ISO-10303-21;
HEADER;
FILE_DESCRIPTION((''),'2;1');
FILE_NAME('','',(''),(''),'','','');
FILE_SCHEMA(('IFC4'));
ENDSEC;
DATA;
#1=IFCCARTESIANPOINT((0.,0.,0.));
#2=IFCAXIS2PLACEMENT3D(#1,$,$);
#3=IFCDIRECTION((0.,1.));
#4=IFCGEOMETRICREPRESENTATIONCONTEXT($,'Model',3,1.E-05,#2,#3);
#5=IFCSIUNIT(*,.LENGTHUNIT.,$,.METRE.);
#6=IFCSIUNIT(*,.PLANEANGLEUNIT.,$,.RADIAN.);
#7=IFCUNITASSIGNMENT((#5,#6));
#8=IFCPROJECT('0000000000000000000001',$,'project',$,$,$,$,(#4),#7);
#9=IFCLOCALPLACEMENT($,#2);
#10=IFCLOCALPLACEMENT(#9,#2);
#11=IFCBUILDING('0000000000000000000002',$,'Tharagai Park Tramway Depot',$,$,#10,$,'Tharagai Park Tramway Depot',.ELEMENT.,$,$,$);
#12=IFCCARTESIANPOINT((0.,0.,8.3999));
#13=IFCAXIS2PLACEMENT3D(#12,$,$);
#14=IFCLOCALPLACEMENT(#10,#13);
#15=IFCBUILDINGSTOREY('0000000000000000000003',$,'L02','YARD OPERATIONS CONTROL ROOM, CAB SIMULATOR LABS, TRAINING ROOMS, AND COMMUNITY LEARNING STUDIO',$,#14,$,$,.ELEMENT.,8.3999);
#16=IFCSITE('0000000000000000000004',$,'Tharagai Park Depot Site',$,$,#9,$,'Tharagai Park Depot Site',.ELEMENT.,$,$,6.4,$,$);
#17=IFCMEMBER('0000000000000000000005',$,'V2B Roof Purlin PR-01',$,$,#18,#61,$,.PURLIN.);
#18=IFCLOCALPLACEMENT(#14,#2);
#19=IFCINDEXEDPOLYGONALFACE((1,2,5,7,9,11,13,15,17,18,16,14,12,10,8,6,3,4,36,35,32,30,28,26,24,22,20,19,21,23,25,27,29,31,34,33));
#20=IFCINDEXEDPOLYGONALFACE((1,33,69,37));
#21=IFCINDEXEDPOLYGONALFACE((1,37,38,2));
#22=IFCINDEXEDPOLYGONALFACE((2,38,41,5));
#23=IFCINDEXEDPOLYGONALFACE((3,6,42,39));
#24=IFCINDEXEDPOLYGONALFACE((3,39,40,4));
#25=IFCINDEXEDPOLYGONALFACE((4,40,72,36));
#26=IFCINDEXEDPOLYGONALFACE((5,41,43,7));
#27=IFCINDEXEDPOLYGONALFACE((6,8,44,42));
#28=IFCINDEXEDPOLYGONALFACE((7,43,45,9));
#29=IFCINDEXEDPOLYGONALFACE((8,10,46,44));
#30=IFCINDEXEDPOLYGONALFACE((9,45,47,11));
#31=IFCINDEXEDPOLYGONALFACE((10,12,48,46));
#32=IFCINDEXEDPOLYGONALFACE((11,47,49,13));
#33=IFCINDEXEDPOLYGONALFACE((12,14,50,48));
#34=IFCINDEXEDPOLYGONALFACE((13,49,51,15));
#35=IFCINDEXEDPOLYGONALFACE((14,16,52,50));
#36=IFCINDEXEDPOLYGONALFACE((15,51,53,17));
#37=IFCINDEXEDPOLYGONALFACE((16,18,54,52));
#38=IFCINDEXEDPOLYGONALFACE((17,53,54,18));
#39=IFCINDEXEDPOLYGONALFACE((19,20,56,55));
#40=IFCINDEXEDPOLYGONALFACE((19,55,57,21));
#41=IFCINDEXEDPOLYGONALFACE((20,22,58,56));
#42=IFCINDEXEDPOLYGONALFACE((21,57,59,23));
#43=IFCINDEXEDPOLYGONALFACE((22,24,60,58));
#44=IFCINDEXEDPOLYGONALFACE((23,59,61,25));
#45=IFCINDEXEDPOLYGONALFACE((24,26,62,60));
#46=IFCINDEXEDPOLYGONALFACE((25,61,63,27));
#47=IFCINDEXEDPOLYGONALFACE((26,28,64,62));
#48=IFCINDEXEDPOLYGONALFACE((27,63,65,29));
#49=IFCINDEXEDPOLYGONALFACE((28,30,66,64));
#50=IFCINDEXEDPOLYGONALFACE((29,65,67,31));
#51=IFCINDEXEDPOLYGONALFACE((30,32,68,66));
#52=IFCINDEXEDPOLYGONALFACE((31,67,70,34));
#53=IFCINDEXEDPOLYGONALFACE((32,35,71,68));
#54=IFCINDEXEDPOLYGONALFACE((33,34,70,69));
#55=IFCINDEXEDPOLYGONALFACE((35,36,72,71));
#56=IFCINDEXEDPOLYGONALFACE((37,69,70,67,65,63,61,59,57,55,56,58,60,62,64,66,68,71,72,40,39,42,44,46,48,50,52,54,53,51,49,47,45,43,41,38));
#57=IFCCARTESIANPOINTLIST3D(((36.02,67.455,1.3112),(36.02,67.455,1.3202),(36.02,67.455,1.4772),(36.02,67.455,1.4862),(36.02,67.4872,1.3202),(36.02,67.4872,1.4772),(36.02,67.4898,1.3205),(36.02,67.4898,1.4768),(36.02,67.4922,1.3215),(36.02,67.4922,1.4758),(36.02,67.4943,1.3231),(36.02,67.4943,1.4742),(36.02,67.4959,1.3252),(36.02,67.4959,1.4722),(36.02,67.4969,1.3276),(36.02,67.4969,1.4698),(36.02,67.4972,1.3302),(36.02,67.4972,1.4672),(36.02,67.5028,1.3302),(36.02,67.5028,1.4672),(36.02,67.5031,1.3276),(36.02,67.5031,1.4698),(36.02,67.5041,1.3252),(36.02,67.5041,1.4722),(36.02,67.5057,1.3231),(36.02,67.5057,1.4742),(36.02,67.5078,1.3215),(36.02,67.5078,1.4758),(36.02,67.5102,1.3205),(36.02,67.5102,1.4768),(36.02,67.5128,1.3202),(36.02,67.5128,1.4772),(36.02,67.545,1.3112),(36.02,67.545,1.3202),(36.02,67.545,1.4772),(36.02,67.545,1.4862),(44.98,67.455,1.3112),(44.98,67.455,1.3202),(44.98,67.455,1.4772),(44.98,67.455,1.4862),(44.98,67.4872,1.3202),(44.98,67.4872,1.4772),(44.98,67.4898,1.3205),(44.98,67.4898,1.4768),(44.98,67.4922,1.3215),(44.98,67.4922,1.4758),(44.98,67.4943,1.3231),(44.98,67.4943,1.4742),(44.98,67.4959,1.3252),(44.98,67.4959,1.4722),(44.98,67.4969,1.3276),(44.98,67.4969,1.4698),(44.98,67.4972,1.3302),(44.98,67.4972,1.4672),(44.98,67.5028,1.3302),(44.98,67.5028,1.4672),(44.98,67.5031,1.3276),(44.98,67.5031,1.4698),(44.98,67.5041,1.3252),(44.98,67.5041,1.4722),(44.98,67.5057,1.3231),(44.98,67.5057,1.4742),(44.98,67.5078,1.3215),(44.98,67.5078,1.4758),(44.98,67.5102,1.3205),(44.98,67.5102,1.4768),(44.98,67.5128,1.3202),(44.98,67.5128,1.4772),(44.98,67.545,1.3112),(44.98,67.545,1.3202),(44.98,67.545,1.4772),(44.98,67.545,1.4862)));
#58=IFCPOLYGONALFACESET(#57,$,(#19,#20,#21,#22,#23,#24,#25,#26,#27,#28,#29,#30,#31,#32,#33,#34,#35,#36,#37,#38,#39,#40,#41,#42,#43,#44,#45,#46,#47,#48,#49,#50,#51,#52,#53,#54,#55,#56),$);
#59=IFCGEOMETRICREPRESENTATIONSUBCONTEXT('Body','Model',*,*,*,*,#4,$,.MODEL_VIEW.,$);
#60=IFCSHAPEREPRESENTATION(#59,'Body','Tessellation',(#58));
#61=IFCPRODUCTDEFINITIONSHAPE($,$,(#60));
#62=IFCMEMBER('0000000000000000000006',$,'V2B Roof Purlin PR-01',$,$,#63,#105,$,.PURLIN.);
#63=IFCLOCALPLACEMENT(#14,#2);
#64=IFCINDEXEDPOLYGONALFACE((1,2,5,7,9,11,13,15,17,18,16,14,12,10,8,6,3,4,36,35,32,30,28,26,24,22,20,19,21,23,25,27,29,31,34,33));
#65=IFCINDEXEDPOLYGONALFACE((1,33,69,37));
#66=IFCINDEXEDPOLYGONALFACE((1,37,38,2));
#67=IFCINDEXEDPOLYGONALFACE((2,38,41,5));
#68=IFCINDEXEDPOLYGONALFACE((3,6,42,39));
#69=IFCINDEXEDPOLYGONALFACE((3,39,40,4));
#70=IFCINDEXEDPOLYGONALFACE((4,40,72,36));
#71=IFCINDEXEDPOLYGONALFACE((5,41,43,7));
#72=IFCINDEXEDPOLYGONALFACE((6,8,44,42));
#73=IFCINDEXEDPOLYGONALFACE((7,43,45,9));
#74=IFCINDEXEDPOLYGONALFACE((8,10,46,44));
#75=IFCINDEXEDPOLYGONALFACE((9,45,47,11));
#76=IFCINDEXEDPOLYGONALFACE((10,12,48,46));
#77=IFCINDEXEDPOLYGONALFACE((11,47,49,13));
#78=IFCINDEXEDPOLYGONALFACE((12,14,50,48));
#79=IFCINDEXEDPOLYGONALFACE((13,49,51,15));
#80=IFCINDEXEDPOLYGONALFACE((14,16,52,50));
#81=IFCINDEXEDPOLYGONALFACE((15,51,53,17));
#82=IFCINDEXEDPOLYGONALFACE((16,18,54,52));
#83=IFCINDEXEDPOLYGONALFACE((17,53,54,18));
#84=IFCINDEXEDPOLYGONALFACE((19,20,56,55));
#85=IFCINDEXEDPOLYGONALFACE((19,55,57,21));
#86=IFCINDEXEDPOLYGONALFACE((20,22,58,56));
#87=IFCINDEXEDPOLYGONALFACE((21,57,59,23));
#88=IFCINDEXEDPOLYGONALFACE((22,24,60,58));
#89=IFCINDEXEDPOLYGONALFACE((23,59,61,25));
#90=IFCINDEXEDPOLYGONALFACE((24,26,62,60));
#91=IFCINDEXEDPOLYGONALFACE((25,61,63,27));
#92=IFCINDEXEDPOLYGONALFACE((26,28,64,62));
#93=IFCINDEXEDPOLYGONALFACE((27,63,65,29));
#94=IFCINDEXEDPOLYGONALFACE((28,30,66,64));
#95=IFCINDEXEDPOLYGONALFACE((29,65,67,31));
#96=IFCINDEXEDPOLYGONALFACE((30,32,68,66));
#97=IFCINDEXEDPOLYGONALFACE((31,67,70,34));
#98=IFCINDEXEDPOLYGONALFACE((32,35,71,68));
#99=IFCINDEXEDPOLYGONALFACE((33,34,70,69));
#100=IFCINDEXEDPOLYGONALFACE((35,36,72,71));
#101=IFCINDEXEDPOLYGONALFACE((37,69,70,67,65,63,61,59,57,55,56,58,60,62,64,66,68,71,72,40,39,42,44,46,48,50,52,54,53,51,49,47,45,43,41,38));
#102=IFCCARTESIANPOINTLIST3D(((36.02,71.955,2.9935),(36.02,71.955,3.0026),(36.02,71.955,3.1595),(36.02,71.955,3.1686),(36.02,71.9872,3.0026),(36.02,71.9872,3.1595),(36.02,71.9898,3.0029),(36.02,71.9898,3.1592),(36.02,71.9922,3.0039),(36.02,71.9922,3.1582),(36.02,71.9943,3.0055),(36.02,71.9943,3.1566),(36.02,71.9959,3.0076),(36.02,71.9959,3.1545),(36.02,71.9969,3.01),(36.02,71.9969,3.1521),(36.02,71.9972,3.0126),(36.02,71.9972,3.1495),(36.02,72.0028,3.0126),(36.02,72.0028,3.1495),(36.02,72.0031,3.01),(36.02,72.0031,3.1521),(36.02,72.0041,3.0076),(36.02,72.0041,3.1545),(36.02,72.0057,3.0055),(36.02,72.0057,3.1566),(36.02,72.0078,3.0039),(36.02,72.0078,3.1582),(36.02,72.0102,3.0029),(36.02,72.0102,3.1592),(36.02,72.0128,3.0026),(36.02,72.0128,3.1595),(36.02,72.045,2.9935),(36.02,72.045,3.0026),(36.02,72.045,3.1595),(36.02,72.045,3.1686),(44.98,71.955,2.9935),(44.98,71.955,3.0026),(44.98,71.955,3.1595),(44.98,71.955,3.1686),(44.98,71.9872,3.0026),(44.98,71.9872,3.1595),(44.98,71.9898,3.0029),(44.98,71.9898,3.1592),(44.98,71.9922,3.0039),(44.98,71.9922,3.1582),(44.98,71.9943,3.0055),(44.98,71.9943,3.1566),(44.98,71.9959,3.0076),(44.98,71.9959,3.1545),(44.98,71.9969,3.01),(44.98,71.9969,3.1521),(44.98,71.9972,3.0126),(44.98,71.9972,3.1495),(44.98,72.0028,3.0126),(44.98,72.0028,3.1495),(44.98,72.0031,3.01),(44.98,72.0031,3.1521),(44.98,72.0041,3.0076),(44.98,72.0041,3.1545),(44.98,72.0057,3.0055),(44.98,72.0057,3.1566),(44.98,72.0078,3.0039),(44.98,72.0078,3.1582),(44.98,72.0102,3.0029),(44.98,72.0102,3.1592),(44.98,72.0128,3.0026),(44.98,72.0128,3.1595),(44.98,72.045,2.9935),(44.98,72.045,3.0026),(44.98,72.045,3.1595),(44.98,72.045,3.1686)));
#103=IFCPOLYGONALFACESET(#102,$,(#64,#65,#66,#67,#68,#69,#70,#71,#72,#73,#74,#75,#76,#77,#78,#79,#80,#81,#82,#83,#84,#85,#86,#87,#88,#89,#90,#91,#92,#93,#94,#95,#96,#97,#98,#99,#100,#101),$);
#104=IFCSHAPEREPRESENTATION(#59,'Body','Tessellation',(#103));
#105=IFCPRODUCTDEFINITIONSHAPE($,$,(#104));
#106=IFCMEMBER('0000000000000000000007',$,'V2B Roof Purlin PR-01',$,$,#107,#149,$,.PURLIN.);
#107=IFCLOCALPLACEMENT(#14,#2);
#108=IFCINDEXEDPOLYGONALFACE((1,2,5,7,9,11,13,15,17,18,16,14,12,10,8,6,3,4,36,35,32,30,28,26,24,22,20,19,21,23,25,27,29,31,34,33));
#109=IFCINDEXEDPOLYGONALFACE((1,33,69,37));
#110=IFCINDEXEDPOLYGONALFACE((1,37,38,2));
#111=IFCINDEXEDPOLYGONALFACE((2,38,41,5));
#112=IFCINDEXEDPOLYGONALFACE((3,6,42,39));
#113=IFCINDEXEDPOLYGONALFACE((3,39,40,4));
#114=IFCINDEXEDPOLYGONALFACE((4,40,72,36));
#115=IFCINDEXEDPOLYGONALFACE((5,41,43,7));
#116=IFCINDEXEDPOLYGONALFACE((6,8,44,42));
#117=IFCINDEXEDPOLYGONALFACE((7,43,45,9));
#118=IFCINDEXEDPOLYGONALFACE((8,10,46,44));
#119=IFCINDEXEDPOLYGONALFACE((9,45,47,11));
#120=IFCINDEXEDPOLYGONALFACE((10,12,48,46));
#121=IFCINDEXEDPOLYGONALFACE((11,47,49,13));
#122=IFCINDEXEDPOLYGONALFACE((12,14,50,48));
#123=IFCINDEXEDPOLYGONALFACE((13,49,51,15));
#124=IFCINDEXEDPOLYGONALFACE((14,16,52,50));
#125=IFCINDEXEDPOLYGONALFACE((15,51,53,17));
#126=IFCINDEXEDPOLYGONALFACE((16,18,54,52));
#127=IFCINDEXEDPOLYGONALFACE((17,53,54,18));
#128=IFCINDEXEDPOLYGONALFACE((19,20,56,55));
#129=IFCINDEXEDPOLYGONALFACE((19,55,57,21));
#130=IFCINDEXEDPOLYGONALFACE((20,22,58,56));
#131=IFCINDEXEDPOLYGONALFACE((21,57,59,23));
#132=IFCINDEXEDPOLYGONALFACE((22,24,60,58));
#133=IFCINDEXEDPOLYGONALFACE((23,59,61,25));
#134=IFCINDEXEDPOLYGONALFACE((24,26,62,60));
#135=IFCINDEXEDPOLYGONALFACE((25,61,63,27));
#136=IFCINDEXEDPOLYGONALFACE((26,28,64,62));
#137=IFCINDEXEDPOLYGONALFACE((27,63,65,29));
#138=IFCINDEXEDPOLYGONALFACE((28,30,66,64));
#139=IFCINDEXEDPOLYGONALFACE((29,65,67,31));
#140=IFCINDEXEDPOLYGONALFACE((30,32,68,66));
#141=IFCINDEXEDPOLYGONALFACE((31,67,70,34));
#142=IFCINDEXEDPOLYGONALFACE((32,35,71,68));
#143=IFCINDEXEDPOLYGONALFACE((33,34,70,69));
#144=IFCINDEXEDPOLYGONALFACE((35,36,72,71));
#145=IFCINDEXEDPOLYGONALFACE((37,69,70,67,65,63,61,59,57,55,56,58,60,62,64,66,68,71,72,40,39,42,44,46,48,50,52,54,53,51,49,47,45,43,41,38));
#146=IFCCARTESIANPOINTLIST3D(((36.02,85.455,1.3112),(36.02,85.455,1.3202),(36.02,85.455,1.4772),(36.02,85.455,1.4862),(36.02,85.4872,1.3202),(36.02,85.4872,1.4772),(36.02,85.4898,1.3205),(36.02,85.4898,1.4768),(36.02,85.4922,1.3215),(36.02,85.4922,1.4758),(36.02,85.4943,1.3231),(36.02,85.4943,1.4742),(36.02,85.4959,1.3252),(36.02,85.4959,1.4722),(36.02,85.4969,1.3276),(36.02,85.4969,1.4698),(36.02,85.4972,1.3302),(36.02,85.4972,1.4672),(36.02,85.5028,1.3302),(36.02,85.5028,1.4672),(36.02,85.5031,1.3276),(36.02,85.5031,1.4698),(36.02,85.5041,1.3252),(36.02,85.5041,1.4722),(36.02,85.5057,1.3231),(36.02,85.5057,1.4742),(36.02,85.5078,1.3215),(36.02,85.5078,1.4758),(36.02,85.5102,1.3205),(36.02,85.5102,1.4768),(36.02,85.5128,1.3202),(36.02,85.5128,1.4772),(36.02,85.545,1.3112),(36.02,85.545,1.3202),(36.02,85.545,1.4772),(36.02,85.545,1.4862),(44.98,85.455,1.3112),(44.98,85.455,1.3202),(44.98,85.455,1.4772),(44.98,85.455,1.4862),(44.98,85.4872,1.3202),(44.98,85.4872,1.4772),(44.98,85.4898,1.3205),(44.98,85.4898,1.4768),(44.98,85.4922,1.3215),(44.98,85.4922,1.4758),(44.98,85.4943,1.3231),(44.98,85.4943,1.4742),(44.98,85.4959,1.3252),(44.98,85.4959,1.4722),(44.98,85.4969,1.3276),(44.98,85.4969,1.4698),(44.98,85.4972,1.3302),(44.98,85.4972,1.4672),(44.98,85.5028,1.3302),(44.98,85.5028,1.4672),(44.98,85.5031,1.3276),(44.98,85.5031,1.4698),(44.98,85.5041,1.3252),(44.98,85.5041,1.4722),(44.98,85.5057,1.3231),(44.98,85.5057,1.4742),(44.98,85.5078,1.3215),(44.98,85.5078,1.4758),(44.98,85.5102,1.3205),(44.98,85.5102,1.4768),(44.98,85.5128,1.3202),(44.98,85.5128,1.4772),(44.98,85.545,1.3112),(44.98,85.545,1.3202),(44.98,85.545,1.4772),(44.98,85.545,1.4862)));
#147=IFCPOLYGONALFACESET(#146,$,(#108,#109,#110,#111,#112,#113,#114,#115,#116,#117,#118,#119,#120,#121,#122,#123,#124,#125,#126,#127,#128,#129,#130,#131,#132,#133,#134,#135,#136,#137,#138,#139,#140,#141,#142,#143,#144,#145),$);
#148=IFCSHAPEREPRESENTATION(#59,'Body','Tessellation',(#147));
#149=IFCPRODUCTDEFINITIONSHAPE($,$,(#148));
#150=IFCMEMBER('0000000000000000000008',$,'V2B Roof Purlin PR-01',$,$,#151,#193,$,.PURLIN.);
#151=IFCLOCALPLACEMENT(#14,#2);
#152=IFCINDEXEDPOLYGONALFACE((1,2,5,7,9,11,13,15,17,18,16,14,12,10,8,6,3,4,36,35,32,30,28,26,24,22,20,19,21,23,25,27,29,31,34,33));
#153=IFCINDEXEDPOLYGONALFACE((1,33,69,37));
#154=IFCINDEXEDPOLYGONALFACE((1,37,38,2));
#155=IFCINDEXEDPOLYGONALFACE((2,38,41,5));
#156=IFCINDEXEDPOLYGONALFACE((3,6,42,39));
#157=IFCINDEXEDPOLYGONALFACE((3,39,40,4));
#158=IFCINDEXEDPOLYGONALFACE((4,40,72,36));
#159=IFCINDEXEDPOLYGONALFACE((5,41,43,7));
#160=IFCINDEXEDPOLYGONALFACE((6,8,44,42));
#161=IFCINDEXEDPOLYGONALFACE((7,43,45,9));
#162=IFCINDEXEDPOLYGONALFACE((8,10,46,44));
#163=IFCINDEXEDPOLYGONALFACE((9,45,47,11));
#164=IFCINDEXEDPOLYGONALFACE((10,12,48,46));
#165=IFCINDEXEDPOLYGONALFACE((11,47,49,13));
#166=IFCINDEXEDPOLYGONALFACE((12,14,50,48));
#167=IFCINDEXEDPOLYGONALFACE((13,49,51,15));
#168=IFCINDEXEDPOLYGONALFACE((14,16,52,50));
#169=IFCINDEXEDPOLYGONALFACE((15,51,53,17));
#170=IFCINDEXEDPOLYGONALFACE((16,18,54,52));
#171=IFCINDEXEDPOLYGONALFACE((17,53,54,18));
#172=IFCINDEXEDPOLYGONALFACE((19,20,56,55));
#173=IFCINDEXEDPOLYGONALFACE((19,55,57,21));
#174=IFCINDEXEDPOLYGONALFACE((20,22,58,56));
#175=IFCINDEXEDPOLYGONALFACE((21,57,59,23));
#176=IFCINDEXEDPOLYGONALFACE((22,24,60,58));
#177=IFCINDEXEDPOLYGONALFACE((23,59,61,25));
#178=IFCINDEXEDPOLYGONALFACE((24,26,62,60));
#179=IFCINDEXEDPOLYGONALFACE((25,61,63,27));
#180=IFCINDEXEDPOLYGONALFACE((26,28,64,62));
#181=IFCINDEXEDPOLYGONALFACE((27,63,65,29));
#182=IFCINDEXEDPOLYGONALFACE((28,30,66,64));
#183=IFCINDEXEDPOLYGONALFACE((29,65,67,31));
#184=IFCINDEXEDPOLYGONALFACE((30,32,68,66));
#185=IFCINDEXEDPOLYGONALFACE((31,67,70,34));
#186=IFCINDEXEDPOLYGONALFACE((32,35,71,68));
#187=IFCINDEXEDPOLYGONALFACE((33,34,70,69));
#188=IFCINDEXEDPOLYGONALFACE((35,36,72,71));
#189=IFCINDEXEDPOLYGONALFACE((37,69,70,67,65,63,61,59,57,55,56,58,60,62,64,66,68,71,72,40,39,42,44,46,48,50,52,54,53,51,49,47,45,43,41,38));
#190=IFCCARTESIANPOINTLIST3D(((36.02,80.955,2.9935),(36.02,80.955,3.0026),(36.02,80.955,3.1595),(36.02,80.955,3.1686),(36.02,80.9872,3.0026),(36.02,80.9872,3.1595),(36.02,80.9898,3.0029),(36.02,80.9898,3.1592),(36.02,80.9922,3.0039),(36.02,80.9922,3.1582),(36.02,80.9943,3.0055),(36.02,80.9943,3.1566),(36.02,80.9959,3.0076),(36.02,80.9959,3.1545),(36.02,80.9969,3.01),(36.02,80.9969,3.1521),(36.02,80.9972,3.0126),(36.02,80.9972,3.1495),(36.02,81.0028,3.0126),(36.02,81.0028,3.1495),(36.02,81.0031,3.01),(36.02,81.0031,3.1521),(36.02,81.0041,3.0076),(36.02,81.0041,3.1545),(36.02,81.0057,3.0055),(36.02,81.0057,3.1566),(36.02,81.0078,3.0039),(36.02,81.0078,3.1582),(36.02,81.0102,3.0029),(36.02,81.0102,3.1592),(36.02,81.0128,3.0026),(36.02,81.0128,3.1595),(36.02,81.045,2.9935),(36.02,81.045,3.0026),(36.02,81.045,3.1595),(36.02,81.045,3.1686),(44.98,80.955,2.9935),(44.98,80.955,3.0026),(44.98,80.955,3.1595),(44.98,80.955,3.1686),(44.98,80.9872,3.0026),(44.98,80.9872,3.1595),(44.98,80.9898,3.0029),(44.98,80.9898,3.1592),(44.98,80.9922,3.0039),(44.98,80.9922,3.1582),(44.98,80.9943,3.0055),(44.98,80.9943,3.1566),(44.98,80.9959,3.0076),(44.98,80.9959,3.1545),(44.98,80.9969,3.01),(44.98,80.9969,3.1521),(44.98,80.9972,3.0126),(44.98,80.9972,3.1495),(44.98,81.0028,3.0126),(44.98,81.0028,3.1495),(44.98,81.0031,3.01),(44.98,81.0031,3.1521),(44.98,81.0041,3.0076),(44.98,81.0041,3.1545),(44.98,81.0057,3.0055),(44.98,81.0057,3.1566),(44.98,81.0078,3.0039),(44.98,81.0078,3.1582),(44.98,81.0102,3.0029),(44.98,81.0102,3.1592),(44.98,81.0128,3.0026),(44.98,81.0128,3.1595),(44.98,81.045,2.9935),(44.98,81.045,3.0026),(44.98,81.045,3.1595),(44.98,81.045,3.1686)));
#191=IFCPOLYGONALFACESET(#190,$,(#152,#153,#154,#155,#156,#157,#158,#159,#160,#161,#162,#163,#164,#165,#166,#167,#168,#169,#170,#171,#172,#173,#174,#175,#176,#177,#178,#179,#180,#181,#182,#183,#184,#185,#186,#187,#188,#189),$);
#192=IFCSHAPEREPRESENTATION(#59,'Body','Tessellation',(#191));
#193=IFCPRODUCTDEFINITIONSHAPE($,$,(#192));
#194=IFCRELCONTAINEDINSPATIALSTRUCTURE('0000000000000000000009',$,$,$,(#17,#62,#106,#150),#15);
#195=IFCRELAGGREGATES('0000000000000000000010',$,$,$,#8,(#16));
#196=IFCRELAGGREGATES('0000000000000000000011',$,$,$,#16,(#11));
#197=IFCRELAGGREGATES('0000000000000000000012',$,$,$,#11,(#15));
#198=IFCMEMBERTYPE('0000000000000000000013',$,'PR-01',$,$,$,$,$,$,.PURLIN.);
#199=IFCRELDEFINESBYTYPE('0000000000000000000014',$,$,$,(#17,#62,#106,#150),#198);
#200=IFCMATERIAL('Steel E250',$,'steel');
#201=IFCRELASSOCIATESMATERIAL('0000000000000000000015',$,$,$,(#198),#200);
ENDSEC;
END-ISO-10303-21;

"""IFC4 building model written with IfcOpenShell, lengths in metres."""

from ifc_helpers import new_model, si_unit, direction, frame, origin, origin_2d, place, context, subcontext, project, spatial, i_section, extrude, material, material_profile, profile_set, type_object, element, save


model = new_model("IFC4")

# Units and contexts
model_context = context("Model", 3, precision=1e-05, world=origin(), true_north=direction((0.0, 1.0)))
body_context = subcontext(model_context, "Body", "Model", "MODEL_VIEW")
ifc_project = project(units=[si_unit("LENGTHUNIT", "METRE"), si_unit("PLANEANGLEUNIT", "RADIAN")], contexts=[model_context])

# Site, building, storey
site_placement = place(None, origin())
site = spatial("IfcSite", under=ifc_project, at=site_placement, Name="Tharagai Park Depot Site", LongName="Tharagai Park Depot Site", CompositionType="ELEMENT", RefElevation=6.4)
building_placement = place(site_placement, origin())
building = spatial("IfcBuilding", under=site, at=building_placement, Name="Tharagai Park Tramway Depot", LongName="Tharagai Park Tramway Depot", CompositionType="ELEMENT")
storey_placement = place(building_placement, frame((0.0, 0.0, 8.3999)))
storey = spatial("IfcBuildingStorey", under=building, at=storey_placement, Name="L02", Description="YARD OPERATIONS CONTROL ROOM, CAB SIMULATOR LABS, TRAINING ROOMS, AND COMMUNITY LEARNING STUDIO", CompositionType="ELEMENT", Elevation=8.3999)

# Members
ifc_material_1 = material(Name="Steel E250", Category="steel")
ifc_material_profile_1 = material_profile(ifc_material_1, i_section(OverallWidth=0.0901, OverallDepth=0.175, WebThickness=0.0056, FlangeThickness=0.009, FilletRadius=0.01, at=origin_2d()), Name="ISMB 175")
ifc_profile_set_1 = profile_set([ifc_material_profile_1], Name="Steel E250")
member_type_1 = type_object("IfcMemberType", Name="PR-01", PredefinedType="PURLIN", material=ifc_profile_set_1)
for number, where, z_axis, x_axis, name in (
    (1, (36.02, 67.5, 1.3987), (1.0, 0.0, 0.0), (0.0, 1.0, 0.0), "V2B Roof Purlin PR-01"),
    (2, (36.02, 72.0, 3.0811), (1.0, 0.0, 0.0), (0.0, 1.0, 0.0), "V2B Roof Purlin PR-01"),
    (3, (36.02, 85.5, 1.3987), (1.0, 0.0, 0.0), (0.0, 1.0, 0.0), "V2B Roof Purlin PR-01"),
    (4, (36.02, 81.0, 3.0811), (1.0, 0.0, 0.0), (0.0, 1.0, 0.0), "V2B Roof Purlin PR-01"),
):
    element("IfcMember", number, at=place(storey_placement, frame(where, z_axis=z_axis, x_axis=x_axis)), inside=storey, type_object=member_type_1, Name=name, PredefinedType="PURLIN", context=body_context, shape_type="SweptSolid", body=[
        extrude(i_section(OverallWidth=0.0901, OverallDepth=0.175, WebThickness=0.0056, FlangeThickness=0.009, FilletRadius=0.01, at=origin_2d()), origin(), (0.0, 0.0, 1.0), 8.96),
    ])

save(model, "model.ifc")
